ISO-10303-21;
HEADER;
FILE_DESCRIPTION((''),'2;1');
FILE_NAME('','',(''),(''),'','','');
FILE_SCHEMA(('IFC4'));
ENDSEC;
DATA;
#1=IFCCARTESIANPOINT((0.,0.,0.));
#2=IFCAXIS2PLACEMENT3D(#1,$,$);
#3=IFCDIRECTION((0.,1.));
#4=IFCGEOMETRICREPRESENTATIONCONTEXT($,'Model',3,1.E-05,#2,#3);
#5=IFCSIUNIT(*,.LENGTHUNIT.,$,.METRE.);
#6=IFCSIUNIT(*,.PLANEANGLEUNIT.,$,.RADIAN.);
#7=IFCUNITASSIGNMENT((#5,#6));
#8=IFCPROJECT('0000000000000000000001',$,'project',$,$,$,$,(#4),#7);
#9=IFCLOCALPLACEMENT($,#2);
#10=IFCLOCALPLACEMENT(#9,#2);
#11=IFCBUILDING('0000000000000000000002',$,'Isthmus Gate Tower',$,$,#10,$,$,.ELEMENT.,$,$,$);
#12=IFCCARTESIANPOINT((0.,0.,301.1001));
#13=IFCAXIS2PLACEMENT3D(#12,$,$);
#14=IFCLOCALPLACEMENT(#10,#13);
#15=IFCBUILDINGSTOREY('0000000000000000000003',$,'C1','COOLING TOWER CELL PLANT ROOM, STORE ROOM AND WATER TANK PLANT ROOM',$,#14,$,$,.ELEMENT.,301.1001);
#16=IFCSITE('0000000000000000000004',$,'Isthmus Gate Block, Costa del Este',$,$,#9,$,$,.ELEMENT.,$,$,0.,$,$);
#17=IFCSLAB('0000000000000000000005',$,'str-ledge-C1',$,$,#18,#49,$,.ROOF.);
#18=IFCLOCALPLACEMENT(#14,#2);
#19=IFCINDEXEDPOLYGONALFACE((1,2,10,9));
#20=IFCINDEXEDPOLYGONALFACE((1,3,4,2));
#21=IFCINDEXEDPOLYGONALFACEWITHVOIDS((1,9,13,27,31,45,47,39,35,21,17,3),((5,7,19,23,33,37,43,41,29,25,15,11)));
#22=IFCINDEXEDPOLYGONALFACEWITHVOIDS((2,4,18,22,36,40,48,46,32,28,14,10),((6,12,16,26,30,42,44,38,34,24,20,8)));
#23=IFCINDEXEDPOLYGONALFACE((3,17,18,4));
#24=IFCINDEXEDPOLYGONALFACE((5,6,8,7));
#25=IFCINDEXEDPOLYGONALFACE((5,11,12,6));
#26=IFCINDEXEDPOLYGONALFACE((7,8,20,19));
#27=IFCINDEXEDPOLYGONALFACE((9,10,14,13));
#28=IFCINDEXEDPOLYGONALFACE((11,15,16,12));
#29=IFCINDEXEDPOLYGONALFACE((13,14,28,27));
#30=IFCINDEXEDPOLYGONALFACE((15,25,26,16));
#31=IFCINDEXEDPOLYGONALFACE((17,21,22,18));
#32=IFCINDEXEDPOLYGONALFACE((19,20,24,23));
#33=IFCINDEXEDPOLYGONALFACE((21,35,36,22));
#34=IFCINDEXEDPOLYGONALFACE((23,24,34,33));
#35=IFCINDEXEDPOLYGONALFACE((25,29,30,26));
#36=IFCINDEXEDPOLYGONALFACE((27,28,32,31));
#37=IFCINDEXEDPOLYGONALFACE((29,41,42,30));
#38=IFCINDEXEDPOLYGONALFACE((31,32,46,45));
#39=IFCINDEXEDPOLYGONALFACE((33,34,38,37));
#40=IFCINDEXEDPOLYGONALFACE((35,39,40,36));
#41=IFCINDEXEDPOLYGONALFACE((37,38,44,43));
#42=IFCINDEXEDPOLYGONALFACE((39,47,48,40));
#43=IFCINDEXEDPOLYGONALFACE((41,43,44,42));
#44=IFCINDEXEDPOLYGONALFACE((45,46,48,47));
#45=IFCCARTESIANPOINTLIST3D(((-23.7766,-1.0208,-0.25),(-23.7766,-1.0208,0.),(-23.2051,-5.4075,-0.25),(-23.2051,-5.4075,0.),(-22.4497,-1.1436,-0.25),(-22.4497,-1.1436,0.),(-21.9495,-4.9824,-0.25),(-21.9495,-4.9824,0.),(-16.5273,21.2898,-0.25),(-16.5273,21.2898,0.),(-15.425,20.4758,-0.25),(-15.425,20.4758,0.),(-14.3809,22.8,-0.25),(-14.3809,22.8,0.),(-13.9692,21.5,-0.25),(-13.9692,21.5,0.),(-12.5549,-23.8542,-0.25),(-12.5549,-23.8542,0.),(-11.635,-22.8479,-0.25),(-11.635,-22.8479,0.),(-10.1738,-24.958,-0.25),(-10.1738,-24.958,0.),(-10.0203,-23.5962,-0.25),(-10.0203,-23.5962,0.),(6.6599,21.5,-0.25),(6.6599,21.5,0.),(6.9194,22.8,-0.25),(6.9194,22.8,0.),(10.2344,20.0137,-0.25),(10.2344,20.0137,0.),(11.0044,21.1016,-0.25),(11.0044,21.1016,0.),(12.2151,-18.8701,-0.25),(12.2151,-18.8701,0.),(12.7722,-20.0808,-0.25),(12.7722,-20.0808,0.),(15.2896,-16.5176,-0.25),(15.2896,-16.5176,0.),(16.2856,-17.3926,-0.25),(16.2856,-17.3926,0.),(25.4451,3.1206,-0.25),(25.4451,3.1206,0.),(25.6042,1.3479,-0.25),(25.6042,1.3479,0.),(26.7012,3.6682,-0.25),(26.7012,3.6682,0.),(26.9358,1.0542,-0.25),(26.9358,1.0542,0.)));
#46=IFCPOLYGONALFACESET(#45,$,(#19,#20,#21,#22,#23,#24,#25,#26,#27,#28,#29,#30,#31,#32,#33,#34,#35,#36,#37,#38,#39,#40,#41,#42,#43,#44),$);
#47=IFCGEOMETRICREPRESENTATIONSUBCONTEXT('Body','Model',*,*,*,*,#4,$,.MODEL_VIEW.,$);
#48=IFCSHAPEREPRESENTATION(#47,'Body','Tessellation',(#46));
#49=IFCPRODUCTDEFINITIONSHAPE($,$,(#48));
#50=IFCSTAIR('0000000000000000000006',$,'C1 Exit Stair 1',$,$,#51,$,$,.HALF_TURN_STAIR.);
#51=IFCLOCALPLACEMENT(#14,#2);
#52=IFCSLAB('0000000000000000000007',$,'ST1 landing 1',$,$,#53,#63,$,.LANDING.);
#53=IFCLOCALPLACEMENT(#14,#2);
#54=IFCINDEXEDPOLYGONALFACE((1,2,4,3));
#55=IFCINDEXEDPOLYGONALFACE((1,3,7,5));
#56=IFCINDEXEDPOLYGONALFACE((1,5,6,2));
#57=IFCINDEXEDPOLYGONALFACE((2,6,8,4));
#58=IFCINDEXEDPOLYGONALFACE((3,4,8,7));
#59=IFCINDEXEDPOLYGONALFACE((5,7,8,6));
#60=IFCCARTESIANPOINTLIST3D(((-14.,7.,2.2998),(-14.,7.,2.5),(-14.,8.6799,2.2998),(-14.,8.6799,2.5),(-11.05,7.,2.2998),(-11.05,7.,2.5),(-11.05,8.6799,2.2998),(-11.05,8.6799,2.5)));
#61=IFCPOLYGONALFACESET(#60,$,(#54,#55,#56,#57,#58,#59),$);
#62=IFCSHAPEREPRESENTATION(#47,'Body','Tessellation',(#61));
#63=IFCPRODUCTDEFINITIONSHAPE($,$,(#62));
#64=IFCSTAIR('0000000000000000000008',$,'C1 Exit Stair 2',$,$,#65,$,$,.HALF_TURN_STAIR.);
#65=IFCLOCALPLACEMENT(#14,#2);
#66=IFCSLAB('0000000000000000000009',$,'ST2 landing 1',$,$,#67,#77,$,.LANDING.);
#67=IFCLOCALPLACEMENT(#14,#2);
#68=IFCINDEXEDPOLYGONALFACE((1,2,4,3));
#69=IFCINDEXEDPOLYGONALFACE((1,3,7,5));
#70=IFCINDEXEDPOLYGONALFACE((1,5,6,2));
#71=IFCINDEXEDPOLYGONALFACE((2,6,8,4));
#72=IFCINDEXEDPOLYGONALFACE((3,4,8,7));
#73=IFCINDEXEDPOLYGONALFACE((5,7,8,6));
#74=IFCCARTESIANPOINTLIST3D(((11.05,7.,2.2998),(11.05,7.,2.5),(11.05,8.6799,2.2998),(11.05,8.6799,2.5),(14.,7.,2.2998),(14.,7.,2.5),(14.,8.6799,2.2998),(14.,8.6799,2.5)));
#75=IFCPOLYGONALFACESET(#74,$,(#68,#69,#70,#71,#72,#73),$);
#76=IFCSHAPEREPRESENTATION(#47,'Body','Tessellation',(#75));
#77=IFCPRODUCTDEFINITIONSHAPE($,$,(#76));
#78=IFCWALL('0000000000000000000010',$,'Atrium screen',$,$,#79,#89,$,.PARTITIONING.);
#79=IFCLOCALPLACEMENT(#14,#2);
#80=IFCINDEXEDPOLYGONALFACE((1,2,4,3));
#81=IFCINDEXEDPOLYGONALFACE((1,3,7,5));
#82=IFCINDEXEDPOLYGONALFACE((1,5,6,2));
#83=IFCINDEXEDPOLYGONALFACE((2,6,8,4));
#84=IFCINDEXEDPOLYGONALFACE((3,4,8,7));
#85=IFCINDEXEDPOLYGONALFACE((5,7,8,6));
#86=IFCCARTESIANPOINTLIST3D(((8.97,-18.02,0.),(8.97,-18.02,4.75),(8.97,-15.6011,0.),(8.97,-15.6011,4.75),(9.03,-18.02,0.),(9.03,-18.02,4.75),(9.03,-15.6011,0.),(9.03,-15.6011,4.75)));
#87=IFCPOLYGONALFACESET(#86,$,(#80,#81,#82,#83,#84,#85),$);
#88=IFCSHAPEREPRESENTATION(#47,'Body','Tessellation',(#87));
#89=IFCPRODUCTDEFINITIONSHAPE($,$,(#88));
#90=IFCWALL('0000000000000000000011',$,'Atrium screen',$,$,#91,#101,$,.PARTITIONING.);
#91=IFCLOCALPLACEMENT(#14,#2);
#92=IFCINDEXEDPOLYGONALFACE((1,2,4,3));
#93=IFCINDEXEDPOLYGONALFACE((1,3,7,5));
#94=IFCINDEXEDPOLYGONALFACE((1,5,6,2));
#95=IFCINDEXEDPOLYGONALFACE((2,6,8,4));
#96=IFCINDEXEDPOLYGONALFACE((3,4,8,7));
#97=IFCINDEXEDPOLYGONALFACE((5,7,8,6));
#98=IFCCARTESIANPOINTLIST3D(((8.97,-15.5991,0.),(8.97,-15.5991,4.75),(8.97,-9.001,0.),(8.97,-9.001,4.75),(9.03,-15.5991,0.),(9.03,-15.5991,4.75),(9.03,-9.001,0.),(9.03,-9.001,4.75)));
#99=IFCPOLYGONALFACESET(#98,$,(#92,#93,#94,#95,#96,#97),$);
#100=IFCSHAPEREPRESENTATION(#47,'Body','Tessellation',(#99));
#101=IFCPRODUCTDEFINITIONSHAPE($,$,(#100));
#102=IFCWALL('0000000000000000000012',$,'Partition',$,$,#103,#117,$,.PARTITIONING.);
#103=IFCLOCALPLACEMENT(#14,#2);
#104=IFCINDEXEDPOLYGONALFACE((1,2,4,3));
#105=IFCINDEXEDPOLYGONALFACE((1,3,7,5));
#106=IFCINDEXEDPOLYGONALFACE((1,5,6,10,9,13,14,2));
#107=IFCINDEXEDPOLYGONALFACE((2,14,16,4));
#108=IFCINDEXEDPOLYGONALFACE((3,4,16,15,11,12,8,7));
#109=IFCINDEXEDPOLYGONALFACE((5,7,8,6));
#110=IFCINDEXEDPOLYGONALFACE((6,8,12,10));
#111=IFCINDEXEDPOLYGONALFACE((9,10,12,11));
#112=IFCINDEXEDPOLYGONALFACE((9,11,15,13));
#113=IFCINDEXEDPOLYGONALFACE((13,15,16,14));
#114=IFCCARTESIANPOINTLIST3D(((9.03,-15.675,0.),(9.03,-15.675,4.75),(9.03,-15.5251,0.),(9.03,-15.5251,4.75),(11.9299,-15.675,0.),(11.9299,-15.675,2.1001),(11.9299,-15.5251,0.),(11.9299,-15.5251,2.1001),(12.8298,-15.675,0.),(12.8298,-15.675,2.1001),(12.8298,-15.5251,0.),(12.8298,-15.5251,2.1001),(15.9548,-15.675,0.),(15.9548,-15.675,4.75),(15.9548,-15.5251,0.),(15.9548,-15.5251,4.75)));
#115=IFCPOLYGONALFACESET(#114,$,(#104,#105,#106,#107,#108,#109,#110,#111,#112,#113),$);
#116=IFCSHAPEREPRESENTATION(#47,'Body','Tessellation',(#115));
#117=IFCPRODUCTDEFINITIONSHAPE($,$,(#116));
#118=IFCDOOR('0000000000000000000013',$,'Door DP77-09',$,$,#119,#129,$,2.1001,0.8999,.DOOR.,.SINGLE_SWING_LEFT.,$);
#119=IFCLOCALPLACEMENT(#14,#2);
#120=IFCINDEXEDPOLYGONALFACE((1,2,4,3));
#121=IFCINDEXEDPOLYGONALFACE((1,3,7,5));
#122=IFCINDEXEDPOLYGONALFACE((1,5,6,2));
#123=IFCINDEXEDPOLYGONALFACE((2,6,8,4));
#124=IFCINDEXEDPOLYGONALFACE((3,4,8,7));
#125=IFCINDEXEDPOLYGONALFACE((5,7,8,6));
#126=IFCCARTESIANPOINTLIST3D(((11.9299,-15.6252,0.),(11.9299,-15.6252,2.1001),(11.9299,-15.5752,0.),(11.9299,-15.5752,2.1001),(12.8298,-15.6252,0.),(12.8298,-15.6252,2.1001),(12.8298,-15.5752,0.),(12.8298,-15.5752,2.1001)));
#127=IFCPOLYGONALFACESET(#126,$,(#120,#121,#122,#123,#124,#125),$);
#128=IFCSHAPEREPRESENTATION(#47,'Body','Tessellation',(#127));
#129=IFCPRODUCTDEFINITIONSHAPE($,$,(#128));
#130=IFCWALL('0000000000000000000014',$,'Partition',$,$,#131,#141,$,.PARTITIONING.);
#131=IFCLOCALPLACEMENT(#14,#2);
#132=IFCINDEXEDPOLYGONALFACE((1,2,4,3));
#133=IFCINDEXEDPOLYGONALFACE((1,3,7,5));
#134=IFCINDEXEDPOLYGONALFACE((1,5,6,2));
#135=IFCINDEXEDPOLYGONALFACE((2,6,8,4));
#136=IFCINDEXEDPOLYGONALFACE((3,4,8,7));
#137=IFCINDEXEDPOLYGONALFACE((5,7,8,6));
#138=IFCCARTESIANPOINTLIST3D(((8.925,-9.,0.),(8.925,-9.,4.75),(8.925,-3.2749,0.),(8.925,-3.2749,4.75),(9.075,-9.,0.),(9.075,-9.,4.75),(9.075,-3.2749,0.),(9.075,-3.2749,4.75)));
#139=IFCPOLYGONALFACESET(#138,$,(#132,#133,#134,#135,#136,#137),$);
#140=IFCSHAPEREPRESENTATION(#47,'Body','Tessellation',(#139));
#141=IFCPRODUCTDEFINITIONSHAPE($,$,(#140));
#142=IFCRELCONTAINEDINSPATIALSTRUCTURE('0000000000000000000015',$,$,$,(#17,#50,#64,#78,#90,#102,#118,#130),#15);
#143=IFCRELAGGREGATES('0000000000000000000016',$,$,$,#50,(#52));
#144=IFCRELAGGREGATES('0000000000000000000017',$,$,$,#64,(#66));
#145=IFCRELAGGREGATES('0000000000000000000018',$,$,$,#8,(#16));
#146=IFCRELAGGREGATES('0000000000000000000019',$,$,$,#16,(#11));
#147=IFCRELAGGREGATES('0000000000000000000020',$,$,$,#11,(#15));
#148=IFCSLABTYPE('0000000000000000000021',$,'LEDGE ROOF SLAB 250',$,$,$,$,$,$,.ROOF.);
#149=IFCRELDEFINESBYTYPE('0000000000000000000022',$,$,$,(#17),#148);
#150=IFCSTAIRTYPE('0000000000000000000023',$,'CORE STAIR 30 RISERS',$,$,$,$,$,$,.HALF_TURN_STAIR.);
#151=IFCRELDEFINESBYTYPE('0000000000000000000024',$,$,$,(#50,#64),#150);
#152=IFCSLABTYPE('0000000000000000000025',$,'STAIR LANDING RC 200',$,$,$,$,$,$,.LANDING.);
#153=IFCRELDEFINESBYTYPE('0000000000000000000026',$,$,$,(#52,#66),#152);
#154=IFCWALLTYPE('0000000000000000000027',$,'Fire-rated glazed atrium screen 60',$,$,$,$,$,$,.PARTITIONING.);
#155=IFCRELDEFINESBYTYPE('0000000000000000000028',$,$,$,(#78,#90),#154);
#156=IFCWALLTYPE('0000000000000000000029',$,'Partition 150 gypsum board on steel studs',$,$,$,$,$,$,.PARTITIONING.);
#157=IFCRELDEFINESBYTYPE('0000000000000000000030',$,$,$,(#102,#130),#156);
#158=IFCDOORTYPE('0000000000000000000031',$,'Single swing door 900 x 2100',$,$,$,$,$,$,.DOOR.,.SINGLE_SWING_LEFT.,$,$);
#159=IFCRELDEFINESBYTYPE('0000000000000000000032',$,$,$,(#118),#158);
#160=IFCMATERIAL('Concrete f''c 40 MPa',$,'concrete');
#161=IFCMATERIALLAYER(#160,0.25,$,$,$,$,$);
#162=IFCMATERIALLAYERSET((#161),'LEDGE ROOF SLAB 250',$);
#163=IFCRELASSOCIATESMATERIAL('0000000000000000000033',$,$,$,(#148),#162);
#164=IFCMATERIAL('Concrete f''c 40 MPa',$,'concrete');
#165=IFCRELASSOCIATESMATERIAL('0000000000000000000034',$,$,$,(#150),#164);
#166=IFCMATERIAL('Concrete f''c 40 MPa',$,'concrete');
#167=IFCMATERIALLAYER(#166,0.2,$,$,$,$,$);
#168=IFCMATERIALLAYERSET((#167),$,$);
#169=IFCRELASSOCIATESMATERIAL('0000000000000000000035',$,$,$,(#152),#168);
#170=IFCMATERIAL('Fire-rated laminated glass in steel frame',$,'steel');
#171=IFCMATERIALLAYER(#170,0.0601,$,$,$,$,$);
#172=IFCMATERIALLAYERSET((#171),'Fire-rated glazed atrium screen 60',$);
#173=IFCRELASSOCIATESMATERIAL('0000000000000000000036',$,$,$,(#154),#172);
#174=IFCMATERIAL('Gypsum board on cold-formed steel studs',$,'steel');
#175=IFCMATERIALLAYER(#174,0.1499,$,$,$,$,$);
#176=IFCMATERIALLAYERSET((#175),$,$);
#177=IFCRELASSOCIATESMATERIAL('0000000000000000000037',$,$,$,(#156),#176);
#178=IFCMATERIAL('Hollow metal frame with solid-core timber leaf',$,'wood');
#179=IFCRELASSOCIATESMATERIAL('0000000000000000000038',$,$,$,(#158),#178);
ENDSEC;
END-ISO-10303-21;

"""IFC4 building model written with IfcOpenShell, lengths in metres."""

from ifc_helpers import new_model, si_unit, direction, frame, frame_2d, origin, place, context, subcontext, project, spatial, polyline, rectangle, outline, extrude, material, layer, layer_set, type_object, element, fill, aggregate, save


model = new_model("IFC4")

# Units and contexts
model_context = context("Model", 3, precision=1e-05, world=origin(), true_north=direction((0.0, 1.0)))
body_context = subcontext(model_context, "Body", "Model", "MODEL_VIEW")
ifc_project = project(units=[si_unit("LENGTHUNIT", "METRE"), si_unit("PLANEANGLEUNIT", "RADIAN")], contexts=[model_context])

# Site, building, storey
site_placement = place(None, origin())
site = spatial("IfcSite", under=ifc_project, at=site_placement, Name="Isthmus Gate Block, Costa del Este", CompositionType="ELEMENT", RefElevation=0.0)
building_placement = place(site_placement, origin())
building = spatial("IfcBuilding", under=site, at=building_placement, Name="Isthmus Gate Tower", CompositionType="ELEMENT")
storey_placement = place(building_placement, frame((0.0, 0.0, 301.1001)))
storey = spatial("IfcBuildingStorey", under=building, at=storey_placement, Name="C1", Description="COOLING TOWER CELL PLANT ROOM, STORE ROOM AND WATER TANK PLANT ROOM", CompositionType="ELEMENT", Elevation=301.1001)

# Slab
ifc_material_1 = material(Name="Concrete f'c 40 MPa", Category="concrete")
ifc_layer_1 = layer(ifc_material_1, 0.25)
ifc_layer_set_1 = layer_set([ifc_layer_1], Name="LEDGE ROOF SLAB 250")
slab_type_1 = type_object("IfcSlabType", Name="LEDGE ROOF SLAB 250", PredefinedType="ROOF", material=ifc_layer_set_1)
slab_1_placement = place(storey_placement, frame((0.0, 0.0, -0.25)))
element("IfcSlab", 1, at=slab_1_placement, inside=storey, type_object=slab_type_1, Name="str-ledge-C1", PredefinedType="ROOF", context=body_context, shape_type="SweptSolid", body=[
    extrude(outline(polyline([(26.7012, 3.6682), (26.9358, 1.0542), (16.2856, -17.3926), (12.7722, -20.0808), (-10.1738, -24.958), (-12.5549, -23.8542), (-23.2051, -5.4075), (-23.7766, -1.0208), (-16.5273, 21.2898), (-14.3809, 22.8), (6.9194, 22.8), (11.0044, 21.1016), (26.7012, 3.6682)]), holes=[polyline([(-15.425, 20.4758), (-22.4497, -1.1436), (-21.9495, -4.9824), (-11.635, -22.8479), (-10.0203, -23.5962), (12.2151, -18.8701), (15.2896, -16.5176), (25.6042, 1.3479), (25.4451, 3.1206), (10.2344, 20.0137), (6.6599, 21.5), (-13.9692, 21.5), (-15.425, 20.4758)])]), origin(), (0.0, 0.0, 1.0), 0.25),
])

# Stairs, slabs
ifc_material_2 = material(Name="Concrete f'c 40 MPa", Category="concrete")
stair_type = type_object("IfcStairType", Name="CORE STAIR 30 RISERS", PredefinedType="HALF_TURN_STAIR", material=ifc_material_2)
stair_1_placement = place(storey_placement, origin())
stair_1 = element("IfcStair", 2, at=stair_1_placement, inside=storey, type_object=stair_type, Name="C1 Exit Stair 1", PredefinedType="HALF_TURN_STAIR")
ifc_material_3 = material(Name="Concrete f'c 40 MPa", Category="concrete")
ifc_layer_2 = layer(ifc_material_3, 0.2)
ifc_layer_set_2 = layer_set([ifc_layer_2])
slab_type_2 = type_object("IfcSlabType", Name="STAIR LANDING RC 200", PredefinedType="LANDING", material=ifc_layer_set_2)
slab_2_placement = place(storey_placement, frame((0.0, 0.0, 2.2998)))
slab_2 = element("IfcSlab", 3, at=slab_2_placement, type_object=slab_type_2, Name="ST1 landing 1", PredefinedType="LANDING", context=body_context, shape_type="SweptSolid", body=[
    extrude(outline(polyline([(-14.0, 8.6799), (-14.0, 7.0), (-11.05, 7.0), (-11.05, 8.6799), (-14.0, 8.6799)])), origin(), (0.0, 0.0, 1.0), 0.2002),
])
aggregate(stair_1, [slab_2])
stair_2_placement = place(storey_placement, origin())
stair_2 = element("IfcStair", 4, at=stair_2_placement, inside=storey, type_object=stair_type, Name="C1 Exit Stair 2", PredefinedType="HALF_TURN_STAIR")
slab_3_placement = place(storey_placement, frame((0.0, 0.0, 2.2998)))
slab_3 = element("IfcSlab", 5, at=slab_3_placement, type_object=slab_type_2, Name="ST2 landing 1", PredefinedType="LANDING", context=body_context, shape_type="SweptSolid", body=[
    extrude(outline(polyline([(11.05, 8.6799), (11.05, 7.0), (14.0, 7.0), (14.0, 8.6799), (11.05, 8.6799)])), origin(), (0.0, 0.0, 1.0), 0.2002),
])
aggregate(stair_2, [slab_3])

# Walls
ifc_material_4 = material(Name="Fire-rated laminated glass in steel frame", Category="steel")
ifc_layer_3 = layer(ifc_material_4, 0.0601)
ifc_layer_set_3 = layer_set([ifc_layer_3], Name="Fire-rated glazed atrium screen 60")
wall_type_1 = type_object("IfcWallType", Name="Fire-rated glazed atrium screen 60", PredefinedType="PARTITIONING", material=ifc_layer_set_3)
wall_1_placement = place(storey_placement, frame((9.0, -18.02, 0.0), z_axis=(0.0, 0.0, 1.0), x_axis=(0.0, 1.0, 0.0)))
element("IfcWall", 6, at=wall_1_placement, inside=storey, type_object=wall_type_1, Name="Atrium screen", PredefinedType="PARTITIONING", context=body_context, shape_type="SweptSolid", body=[
    extrude(rectangle(XDim=2.4189, YDim=0.0601, at=frame_2d((1.2095, 0.0))), origin(), (0.0, 0.0, 1.0), 4.75),
])
wall_2_placement = place(storey_placement, frame((9.0, -15.5991, 0.0), z_axis=(0.0, 0.0, 1.0), x_axis=(0.0, 1.0, 0.0)))
element("IfcWall", 7, at=wall_2_placement, inside=storey, type_object=wall_type_1, Name="Atrium screen", PredefinedType="PARTITIONING", context=body_context, shape_type="SweptSolid", body=[
    extrude(rectangle(XDim=6.5981, YDim=0.0601, at=frame_2d((3.2991, 0.0))), origin(), (0.0, 0.0, 1.0), 4.75),
])

# Wall, opening, door
ifc_material_5 = material(Name="Gypsum board on cold-formed steel studs", Category="steel")
ifc_layer_4 = layer(ifc_material_5, 0.1499)
ifc_layer_set_4 = layer_set([ifc_layer_4])
wall_type_2 = type_object("IfcWallType", Name="Partition 150 gypsum board on steel studs", PredefinedType="PARTITIONING", material=ifc_layer_set_4)
wall_3_placement = place(storey_placement, frame((9.03, -15.6001, 0.0), z_axis=(0.0, 0.0, 1.0), x_axis=(1.0, 0.0, 0.0)))
wall_3 = element("IfcWall", 8, at=wall_3_placement, inside=storey, type_object=wall_type_2, Name="Partition", PredefinedType="PARTITIONING", context=body_context, shape_type="SweptSolid", body=[
    extrude(rectangle(XDim=6.9248, YDim=0.1499, at=frame_2d((3.4624, 0.0))), origin(), (0.0, 0.0, 1.0), 4.75),
])
opening_placement = place(wall_3_placement, frame((2.8999, 0.0, 0.0)))
opening = element("IfcOpeningElement", 9, at=opening_placement, cuts=wall_3, PredefinedType="OPENING", context=body_context, shape_type="SweptSolid", body=[
    extrude(rectangle(XDim=0.8999, YDim=2.1001, at=frame_2d((0.45, 1.05))), frame((0.0, 0.085, 0.0), z_axis=(0.0, -1.0, 0.0), x_axis=(1.0, 0.0, 0.0)), (0.0, 0.0, 1.0), 0.1699),
])
ifc_material_6 = material(Name="Hollow metal frame with solid-core timber leaf", Category="wood")
door_type = type_object("IfcDoorType", Name="Single swing door 900 x 2100", OperationType="SINGLE_SWING_LEFT", PredefinedType="DOOR", material=ifc_material_6)
door_placement = place(opening_placement, origin())
door = element("IfcDoor", 10, at=door_placement, inside=storey, type_object=door_type, Name="Door DP77-09", OperationType="SINGLE_SWING_LEFT", OverallHeight=2.1001, OverallWidth=0.8999, PredefinedType="DOOR", context=body_context, shape_type="SweptSolid", body=[
    extrude(rectangle(XDim=0.8999, YDim=2.1001, at=frame_2d((0.45, 1.05))), frame((0.0, 0.0249, 0.0), z_axis=(0.0, -1.0, 0.0), x_axis=(1.0, 0.0, 0.0)), (0.0, 0.0, 1.0), 0.05),
])
fill(opening, door)

# Wall
wall_4_placement = place(storey_placement, frame((9.0, -9.0, 0.0), z_axis=(0.0, 0.0, 1.0), x_axis=(0.0, 1.0, 0.0)))
element("IfcWall", 11, at=wall_4_placement, inside=storey, type_object=wall_type_2, Name="Partition", PredefinedType="PARTITIONING", context=body_context, shape_type="SweptSolid", body=[
    extrude(rectangle(XDim=5.7251, YDim=0.1499, at=frame_2d((2.8625, 0.0))), origin(), (0.0, 0.0, 1.0), 4.75),
])

save(model, "model.ifc")
